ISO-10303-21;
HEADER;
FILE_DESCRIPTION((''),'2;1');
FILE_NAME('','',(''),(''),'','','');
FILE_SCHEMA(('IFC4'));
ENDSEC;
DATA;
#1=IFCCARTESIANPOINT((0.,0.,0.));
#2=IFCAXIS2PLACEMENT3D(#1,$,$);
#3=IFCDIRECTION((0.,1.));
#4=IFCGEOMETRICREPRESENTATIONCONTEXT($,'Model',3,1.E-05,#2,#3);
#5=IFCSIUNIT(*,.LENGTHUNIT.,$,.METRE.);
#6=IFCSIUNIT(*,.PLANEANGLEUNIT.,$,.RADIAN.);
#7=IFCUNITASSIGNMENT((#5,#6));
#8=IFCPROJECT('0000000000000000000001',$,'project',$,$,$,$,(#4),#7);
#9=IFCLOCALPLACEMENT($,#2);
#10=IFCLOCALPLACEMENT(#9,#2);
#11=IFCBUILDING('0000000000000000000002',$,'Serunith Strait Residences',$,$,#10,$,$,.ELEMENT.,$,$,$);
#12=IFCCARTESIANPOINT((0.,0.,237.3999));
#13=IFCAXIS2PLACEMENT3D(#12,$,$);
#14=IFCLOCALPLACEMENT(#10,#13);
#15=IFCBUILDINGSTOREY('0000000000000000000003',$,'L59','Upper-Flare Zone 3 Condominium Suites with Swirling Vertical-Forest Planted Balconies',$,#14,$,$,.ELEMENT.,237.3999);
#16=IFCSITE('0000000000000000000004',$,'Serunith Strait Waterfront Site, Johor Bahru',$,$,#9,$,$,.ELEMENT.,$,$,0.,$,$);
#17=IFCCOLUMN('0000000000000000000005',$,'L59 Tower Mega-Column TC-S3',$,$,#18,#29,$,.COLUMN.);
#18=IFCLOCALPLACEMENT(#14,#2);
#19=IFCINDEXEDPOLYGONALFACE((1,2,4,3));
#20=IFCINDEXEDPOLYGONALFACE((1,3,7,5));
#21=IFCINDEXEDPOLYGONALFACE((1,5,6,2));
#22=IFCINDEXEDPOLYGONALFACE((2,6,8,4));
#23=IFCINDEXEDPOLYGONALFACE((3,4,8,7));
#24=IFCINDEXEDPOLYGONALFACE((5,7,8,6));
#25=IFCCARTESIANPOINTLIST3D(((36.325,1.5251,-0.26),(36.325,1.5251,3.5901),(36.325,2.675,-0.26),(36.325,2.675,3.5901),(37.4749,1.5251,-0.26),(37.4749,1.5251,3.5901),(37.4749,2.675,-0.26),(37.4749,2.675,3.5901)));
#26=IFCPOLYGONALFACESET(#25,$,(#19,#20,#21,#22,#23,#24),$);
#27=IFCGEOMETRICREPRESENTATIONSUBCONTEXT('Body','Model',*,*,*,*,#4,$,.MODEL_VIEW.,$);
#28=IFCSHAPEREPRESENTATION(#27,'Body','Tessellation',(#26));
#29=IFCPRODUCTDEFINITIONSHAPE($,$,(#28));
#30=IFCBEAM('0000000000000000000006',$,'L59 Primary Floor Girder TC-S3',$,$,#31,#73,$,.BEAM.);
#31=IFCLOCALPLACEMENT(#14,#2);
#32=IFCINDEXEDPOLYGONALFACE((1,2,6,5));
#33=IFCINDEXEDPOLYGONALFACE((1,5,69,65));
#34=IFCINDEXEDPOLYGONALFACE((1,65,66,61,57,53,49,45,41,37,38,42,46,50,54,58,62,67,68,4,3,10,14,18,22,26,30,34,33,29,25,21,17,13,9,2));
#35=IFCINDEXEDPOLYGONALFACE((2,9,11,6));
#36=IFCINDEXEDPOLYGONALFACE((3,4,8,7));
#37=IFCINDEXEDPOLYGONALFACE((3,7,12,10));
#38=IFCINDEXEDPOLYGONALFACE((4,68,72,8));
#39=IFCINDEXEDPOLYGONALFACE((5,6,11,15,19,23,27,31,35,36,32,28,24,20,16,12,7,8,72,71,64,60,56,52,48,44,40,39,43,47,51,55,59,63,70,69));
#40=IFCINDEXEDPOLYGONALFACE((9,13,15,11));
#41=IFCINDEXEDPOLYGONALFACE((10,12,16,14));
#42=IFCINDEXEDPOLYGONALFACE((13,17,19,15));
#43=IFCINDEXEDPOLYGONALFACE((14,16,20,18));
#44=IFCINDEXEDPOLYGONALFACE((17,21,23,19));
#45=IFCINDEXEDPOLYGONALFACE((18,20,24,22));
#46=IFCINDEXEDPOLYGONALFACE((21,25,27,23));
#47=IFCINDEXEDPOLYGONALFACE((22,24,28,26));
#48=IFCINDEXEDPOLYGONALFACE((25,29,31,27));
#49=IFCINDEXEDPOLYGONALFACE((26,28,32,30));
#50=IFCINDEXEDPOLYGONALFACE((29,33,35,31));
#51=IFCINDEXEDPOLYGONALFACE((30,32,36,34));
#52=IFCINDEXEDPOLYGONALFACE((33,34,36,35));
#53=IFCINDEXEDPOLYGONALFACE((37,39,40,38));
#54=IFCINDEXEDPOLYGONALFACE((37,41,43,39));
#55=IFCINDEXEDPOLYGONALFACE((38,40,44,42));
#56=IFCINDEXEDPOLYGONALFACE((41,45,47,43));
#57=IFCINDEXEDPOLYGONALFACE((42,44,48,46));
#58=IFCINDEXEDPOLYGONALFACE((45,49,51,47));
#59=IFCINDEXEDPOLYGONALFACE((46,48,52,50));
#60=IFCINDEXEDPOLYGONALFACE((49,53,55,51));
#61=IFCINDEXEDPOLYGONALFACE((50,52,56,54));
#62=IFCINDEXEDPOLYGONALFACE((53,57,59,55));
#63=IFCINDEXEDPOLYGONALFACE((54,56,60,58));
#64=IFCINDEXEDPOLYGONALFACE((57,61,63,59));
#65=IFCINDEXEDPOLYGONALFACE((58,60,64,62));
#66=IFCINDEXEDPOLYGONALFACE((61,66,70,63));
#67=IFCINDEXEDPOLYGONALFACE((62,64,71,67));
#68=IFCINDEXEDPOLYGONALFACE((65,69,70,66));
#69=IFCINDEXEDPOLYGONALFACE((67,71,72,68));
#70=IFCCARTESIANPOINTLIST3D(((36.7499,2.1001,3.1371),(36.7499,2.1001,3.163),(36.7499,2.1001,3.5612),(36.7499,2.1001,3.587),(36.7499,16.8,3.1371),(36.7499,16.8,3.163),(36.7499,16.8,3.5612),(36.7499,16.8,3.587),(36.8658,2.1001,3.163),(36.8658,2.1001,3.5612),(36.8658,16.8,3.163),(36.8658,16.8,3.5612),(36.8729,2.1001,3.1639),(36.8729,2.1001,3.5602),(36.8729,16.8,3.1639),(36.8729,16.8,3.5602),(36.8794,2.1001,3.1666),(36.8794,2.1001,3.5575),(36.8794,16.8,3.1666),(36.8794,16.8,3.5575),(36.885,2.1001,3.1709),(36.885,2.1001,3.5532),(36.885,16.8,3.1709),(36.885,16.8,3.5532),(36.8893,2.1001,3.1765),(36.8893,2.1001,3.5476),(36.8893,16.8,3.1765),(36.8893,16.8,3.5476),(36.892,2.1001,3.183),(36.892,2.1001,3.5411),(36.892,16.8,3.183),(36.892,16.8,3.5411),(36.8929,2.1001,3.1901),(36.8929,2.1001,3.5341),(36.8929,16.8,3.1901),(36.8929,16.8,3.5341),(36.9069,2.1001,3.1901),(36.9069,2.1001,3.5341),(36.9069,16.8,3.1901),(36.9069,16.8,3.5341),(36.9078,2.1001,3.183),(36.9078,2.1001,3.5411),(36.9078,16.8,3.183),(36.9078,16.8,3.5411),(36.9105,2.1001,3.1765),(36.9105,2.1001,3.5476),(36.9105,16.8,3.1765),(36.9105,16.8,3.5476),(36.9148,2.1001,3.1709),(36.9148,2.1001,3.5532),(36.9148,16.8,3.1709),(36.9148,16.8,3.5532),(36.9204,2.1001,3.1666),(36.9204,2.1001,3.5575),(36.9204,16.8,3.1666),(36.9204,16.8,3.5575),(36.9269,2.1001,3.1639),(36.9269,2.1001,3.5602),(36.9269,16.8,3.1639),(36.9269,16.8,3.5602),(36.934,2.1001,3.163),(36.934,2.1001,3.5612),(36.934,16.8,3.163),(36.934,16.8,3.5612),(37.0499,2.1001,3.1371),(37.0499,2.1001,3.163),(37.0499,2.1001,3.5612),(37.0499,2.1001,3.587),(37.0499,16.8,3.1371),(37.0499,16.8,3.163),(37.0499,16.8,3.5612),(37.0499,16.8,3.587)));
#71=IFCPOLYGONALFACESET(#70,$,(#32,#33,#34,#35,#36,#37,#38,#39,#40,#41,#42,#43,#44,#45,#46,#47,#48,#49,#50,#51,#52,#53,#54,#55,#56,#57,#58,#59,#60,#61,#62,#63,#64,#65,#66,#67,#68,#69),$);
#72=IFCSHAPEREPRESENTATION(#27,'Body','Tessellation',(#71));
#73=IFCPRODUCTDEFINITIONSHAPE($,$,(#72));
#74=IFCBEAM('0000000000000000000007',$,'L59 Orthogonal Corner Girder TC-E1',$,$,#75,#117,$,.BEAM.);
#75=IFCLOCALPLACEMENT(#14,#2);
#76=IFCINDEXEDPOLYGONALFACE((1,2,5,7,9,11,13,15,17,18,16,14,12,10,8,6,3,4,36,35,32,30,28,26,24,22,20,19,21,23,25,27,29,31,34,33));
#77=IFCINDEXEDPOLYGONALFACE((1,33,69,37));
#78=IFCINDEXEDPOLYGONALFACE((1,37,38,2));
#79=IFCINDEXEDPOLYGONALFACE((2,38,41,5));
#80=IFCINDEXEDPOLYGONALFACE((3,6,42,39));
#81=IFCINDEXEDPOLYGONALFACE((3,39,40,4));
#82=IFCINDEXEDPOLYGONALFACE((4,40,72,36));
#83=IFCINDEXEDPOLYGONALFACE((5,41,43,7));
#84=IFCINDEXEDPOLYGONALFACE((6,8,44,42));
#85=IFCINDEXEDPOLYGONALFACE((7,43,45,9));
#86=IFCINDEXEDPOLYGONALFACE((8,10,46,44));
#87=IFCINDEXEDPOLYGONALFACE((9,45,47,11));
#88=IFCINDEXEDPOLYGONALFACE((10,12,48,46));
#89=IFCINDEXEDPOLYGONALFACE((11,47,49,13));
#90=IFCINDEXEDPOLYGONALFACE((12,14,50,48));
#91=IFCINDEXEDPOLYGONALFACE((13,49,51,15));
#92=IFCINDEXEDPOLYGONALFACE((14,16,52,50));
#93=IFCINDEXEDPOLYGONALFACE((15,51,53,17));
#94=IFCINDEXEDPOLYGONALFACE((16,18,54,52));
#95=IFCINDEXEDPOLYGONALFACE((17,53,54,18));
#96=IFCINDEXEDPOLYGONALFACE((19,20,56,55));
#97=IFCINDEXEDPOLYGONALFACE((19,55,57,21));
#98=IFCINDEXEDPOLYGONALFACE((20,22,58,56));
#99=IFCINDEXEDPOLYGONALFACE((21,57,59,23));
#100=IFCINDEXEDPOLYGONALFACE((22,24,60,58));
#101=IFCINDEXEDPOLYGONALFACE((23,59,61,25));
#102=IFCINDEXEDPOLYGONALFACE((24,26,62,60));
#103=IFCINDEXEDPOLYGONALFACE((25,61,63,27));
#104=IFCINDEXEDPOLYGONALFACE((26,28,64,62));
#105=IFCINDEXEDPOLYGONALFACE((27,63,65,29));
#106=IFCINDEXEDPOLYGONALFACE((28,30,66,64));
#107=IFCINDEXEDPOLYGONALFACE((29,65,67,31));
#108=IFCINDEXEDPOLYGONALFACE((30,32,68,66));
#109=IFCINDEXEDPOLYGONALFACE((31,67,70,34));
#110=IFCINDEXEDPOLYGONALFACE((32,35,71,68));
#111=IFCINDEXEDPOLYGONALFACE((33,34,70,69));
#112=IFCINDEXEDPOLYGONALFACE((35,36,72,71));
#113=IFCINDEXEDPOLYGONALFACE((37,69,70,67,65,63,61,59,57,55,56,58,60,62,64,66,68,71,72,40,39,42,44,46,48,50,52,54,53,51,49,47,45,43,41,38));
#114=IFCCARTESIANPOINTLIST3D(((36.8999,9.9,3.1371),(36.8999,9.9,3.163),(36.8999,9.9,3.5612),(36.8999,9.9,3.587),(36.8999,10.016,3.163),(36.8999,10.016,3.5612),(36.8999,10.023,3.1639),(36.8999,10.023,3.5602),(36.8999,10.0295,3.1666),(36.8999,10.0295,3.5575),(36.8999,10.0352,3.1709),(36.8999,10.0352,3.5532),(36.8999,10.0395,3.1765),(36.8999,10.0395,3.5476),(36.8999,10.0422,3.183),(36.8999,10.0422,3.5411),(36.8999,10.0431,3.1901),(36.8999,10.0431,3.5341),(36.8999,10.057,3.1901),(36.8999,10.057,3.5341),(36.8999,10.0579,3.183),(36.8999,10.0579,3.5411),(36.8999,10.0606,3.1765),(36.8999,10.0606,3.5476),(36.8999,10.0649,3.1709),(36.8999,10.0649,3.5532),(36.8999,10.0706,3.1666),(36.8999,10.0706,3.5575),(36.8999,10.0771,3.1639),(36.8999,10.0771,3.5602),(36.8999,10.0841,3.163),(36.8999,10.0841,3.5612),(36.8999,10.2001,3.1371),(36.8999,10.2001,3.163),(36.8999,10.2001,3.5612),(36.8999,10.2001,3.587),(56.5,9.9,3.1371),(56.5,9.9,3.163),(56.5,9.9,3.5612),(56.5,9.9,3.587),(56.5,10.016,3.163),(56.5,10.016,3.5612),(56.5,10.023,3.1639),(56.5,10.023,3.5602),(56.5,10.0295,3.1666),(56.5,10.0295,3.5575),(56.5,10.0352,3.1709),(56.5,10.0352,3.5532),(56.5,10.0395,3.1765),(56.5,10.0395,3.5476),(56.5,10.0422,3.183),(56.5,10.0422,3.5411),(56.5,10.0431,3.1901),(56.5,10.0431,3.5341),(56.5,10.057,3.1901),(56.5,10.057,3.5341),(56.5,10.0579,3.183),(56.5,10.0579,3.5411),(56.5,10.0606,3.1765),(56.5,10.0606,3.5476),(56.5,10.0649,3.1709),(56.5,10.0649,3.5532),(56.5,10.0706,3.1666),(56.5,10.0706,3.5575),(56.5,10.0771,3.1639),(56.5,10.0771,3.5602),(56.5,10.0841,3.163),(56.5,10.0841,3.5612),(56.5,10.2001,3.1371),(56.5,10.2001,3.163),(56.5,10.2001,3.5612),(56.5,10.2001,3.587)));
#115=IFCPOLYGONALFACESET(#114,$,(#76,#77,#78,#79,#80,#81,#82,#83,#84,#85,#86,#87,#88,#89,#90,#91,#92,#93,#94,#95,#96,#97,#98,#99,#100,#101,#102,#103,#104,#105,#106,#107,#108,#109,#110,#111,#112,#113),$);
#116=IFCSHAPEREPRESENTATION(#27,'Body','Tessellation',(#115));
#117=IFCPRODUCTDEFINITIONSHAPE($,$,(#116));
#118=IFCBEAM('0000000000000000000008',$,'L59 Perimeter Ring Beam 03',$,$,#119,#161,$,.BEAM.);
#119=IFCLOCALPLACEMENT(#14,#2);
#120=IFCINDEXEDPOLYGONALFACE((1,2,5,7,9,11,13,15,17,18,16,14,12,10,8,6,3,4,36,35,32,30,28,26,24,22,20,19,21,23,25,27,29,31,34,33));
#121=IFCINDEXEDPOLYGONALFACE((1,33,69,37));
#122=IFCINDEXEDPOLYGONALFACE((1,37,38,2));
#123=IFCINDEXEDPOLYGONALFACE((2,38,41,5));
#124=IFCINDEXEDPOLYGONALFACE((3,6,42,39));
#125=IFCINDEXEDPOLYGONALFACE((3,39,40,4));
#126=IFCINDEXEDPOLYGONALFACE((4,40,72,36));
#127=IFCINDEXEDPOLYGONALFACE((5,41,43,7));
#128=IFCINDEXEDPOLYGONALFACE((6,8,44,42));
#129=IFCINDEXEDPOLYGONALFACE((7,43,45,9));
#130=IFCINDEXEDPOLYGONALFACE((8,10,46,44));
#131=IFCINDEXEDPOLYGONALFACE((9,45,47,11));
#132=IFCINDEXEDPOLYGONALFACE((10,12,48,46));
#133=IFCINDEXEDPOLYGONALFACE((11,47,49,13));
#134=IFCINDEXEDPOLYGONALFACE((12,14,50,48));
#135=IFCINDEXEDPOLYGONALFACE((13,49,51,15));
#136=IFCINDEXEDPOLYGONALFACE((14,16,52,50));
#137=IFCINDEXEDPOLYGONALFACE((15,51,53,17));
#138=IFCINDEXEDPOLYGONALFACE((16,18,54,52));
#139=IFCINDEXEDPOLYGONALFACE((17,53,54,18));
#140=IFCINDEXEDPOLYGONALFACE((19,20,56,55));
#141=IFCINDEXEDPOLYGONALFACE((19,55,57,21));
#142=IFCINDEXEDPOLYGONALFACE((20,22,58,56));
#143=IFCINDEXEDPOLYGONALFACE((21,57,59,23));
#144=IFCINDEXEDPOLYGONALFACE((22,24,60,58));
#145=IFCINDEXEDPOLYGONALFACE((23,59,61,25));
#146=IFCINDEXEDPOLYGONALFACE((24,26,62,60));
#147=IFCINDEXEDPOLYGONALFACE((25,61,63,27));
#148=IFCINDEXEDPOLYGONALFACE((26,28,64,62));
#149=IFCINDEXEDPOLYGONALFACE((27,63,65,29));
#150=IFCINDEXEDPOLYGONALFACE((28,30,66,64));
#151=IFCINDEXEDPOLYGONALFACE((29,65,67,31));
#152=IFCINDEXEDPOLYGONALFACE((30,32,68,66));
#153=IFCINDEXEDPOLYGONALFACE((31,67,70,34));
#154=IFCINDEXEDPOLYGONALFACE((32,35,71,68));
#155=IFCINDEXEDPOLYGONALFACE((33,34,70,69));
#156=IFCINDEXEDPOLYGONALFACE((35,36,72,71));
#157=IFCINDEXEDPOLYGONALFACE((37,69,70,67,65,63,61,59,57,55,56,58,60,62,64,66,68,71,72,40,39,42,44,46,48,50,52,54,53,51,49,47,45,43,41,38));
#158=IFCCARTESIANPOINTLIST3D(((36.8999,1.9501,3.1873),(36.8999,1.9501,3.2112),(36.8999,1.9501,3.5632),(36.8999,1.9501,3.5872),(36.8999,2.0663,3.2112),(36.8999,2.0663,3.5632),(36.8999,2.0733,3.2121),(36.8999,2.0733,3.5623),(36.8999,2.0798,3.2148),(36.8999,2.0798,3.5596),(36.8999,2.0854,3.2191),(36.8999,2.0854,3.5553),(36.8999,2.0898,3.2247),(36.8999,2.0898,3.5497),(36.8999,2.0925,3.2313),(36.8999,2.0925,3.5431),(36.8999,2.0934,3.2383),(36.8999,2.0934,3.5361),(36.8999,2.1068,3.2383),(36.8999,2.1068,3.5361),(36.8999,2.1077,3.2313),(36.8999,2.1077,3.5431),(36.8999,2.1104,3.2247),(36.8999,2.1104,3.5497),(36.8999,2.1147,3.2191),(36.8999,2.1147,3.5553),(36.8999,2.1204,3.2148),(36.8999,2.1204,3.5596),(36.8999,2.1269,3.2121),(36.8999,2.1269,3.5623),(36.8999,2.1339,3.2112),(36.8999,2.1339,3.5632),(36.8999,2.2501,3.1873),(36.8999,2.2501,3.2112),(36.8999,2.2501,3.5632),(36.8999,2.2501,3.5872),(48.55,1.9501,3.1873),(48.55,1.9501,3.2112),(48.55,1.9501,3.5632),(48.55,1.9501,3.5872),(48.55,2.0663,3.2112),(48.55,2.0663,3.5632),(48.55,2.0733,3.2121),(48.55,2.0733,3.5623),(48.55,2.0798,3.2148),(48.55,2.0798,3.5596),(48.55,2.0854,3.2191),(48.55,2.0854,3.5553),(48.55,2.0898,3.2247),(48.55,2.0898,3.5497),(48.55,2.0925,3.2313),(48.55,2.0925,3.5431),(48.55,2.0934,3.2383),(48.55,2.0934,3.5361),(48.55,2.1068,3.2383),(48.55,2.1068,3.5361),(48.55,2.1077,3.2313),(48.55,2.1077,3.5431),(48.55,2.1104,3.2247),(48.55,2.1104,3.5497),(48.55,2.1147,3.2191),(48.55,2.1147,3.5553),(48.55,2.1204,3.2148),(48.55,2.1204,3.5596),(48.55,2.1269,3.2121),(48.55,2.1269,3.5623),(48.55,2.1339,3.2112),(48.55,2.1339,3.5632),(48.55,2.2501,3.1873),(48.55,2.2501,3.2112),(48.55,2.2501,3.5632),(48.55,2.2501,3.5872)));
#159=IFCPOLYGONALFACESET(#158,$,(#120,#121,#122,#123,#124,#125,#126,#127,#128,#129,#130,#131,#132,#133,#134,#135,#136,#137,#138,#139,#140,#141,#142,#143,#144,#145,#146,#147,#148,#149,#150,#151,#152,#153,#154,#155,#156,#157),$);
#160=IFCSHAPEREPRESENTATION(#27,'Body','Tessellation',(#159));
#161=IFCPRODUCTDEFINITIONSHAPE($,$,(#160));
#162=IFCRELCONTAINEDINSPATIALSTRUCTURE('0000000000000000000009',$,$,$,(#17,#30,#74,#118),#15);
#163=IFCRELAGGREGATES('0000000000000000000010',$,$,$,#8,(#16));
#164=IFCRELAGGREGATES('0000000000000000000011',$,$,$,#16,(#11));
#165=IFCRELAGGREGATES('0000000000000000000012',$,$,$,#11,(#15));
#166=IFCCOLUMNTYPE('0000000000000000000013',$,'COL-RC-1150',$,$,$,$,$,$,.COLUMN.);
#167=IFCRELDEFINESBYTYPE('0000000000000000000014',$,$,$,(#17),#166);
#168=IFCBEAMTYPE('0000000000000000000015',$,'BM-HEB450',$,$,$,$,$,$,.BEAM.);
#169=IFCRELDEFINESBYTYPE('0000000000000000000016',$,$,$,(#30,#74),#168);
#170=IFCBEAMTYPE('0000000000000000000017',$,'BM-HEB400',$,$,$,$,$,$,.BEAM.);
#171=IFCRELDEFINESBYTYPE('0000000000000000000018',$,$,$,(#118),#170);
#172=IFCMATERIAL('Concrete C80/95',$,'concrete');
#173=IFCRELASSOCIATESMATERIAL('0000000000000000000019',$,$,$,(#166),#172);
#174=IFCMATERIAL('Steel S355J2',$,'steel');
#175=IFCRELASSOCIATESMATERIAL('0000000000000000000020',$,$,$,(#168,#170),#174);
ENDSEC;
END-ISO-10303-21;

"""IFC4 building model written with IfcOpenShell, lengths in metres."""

from ifc_helpers import new_model, si_unit, direction, frame, origin, origin_2d, place, context, subcontext, project, spatial, rectangle, i_section, extrude, source, transform, mapped, material, material_profile, profile_set, type_object, element, save


model = new_model("IFC4")

# Units and contexts
model_context = context("Model", 3, precision=1e-05, world=origin(), true_north=direction((0.0, 1.0)))
body_context = subcontext(model_context, "Body", "Model", "MODEL_VIEW")
ifc_project = project(units=[si_unit("LENGTHUNIT", "METRE"), si_unit("PLANEANGLEUNIT", "RADIAN")], contexts=[model_context])

# Site, building, storey
site_placement = place(None, origin())
site = spatial("IfcSite", under=ifc_project, at=site_placement, Name="Serunith Strait Waterfront Site, Johor Bahru", CompositionType="ELEMENT", RefElevation=0.0)
building_placement = place(site_placement, origin())
building = spatial("IfcBuilding", under=site, at=building_placement, Name="Serunith Strait Residences", CompositionType="ELEMENT")
storey_placement = place(building_placement, frame((0.0, 0.0, 237.3999)))
storey = spatial("IfcBuildingStorey", under=building, at=storey_placement, Name="L59", Description="Upper-Flare Zone 3 Condominium Suites with Swirling Vertical-Forest Planted Balconies", CompositionType="ELEMENT", Elevation=237.3999)

# Column
ifc_material_1 = material(Name="Concrete C80/95", Category="concrete")
ifc_material_profile_1 = material_profile(ifc_material_1, rectangle(XDim=1.1499, YDim=1.1499, at=origin_2d()), Name="RC 1150x1150")
ifc_profile_set_1 = profile_set([ifc_material_profile_1], Name="Concrete C80/95")
column_type = type_object("IfcColumnType", Name="COL-RC-1150", PredefinedType="COLUMN", material=ifc_profile_set_1)
shared_shape_1 = source(origin(), body_context, "Body", "SweptSolid", [
    extrude(rectangle(XDim=1.1499, YDim=1.1499, at=origin_2d()), origin(), (0.0, 0.0, 1.0), 3.8501),
])
column_placement = place(storey_placement, frame((36.8999, 2.1001, -0.26), z_axis=(0.0, 0.0, 1.0), x_axis=(1.0, 0.0, 0.0)))
element("IfcColumn", 1, at=column_placement, inside=storey, type_object=column_type, Name="L59 Tower Mega-Column TC-S3", PredefinedType="COLUMN", context=body_context, shape_type="MappedRepresentation", body=[
    mapped(shared_shape_1, transform((0.0, 0.0, 0.0), scale=1.0)),
])

# Beams
ifc_material_2 = material(Name="Steel S355J2", Category="steel")
ifc_material_profile_2 = material_profile(ifc_material_2, i_section(OverallWidth=0.3, OverallDepth=0.45, WebThickness=0.0139, FlangeThickness=0.0259, FilletRadius=0.0271, at=origin_2d()), Name="HEB 450")
ifc_profile_set_2 = profile_set([ifc_material_profile_2], Name="Steel S355J2")
beam_type_1 = type_object("IfcBeamType", Name="BM-HEB450", PredefinedType="BEAM", material=ifc_profile_set_2)
shared_shape_2 = source(origin(), body_context, "Body", "SweptSolid", [
    extrude(i_section(OverallWidth=0.3, OverallDepth=0.45, WebThickness=0.0139, FlangeThickness=0.0259, FilletRadius=0.0271, at=origin_2d()), origin(), (0.0, 0.0, 1.0), 14.7),
])
beam_1_placement = place(storey_placement, frame((36.8999, 16.8, 3.3621), z_axis=(0.0, -1.0, 0.0), x_axis=(1.0, 0.0, 0.0)))
element("IfcBeam", 2, at=beam_1_placement, inside=storey, type_object=beam_type_1, Name="L59 Primary Floor Girder TC-S3", PredefinedType="BEAM", context=body_context, shape_type="MappedRepresentation", body=[
    mapped(shared_shape_2, transform((0.0, 0.0, 0.0), scale=1.0)),
])
shared_shape_3 = source(origin(), body_context, "Body", "SweptSolid", [
    extrude(i_section(OverallWidth=0.3, OverallDepth=0.45, WebThickness=0.0139, FlangeThickness=0.0259, FilletRadius=0.0271, at=origin_2d()), origin(), (0.0, 0.0, 1.0), 19.6001),
])
beam_2_placement = place(storey_placement, frame((36.8999, 10.05, 3.3621), z_axis=(1.0, 0.0, 0.0), x_axis=(0.0, 1.0, 0.0)))
element("IfcBeam", 3, at=beam_2_placement, inside=storey, type_object=beam_type_1, Name="L59 Orthogonal Corner Girder TC-E1", PredefinedType="BEAM", context=body_context, shape_type="MappedRepresentation", body=[
    mapped(shared_shape_3, transform((0.0, 0.0, 0.0), scale=1.0)),
])
ifc_material_profile_3 = material_profile(ifc_material_2, i_section(OverallWidth=0.3, OverallDepth=0.3999, WebThickness=0.0134, FlangeThickness=0.0239, FilletRadius=0.0271, at=origin_2d()), Name="HEB 400")
ifc_profile_set_3 = profile_set([ifc_material_profile_3], Name="Steel S355J2")
beam_type_2 = type_object("IfcBeamType", Name="BM-HEB400", PredefinedType="BEAM", material=ifc_profile_set_3)
shared_shape_4 = source(origin(), body_context, "Body", "SweptSolid", [
    extrude(i_section(OverallWidth=0.3, OverallDepth=0.3999, WebThickness=0.0134, FlangeThickness=0.0239, FilletRadius=0.0271, at=origin_2d()), origin(), (0.0, 0.0, 1.0), 11.6501),
])
beam_3_placement = place(storey_placement, frame((36.8999, 2.1001, 3.3872), z_axis=(1.0, 0.0, 0.0), x_axis=(0.0, 1.0, 0.0)))
element("IfcBeam", 4, at=beam_3_placement, inside=storey, type_object=beam_type_2, Name="L59 Perimeter Ring Beam 03", PredefinedType="BEAM", context=body_context, shape_type="MappedRepresentation", body=[
    mapped(shared_shape_4, transform((0.0, 0.0, 0.0), scale=1.0)),
])

save(model, "model.ifc")
